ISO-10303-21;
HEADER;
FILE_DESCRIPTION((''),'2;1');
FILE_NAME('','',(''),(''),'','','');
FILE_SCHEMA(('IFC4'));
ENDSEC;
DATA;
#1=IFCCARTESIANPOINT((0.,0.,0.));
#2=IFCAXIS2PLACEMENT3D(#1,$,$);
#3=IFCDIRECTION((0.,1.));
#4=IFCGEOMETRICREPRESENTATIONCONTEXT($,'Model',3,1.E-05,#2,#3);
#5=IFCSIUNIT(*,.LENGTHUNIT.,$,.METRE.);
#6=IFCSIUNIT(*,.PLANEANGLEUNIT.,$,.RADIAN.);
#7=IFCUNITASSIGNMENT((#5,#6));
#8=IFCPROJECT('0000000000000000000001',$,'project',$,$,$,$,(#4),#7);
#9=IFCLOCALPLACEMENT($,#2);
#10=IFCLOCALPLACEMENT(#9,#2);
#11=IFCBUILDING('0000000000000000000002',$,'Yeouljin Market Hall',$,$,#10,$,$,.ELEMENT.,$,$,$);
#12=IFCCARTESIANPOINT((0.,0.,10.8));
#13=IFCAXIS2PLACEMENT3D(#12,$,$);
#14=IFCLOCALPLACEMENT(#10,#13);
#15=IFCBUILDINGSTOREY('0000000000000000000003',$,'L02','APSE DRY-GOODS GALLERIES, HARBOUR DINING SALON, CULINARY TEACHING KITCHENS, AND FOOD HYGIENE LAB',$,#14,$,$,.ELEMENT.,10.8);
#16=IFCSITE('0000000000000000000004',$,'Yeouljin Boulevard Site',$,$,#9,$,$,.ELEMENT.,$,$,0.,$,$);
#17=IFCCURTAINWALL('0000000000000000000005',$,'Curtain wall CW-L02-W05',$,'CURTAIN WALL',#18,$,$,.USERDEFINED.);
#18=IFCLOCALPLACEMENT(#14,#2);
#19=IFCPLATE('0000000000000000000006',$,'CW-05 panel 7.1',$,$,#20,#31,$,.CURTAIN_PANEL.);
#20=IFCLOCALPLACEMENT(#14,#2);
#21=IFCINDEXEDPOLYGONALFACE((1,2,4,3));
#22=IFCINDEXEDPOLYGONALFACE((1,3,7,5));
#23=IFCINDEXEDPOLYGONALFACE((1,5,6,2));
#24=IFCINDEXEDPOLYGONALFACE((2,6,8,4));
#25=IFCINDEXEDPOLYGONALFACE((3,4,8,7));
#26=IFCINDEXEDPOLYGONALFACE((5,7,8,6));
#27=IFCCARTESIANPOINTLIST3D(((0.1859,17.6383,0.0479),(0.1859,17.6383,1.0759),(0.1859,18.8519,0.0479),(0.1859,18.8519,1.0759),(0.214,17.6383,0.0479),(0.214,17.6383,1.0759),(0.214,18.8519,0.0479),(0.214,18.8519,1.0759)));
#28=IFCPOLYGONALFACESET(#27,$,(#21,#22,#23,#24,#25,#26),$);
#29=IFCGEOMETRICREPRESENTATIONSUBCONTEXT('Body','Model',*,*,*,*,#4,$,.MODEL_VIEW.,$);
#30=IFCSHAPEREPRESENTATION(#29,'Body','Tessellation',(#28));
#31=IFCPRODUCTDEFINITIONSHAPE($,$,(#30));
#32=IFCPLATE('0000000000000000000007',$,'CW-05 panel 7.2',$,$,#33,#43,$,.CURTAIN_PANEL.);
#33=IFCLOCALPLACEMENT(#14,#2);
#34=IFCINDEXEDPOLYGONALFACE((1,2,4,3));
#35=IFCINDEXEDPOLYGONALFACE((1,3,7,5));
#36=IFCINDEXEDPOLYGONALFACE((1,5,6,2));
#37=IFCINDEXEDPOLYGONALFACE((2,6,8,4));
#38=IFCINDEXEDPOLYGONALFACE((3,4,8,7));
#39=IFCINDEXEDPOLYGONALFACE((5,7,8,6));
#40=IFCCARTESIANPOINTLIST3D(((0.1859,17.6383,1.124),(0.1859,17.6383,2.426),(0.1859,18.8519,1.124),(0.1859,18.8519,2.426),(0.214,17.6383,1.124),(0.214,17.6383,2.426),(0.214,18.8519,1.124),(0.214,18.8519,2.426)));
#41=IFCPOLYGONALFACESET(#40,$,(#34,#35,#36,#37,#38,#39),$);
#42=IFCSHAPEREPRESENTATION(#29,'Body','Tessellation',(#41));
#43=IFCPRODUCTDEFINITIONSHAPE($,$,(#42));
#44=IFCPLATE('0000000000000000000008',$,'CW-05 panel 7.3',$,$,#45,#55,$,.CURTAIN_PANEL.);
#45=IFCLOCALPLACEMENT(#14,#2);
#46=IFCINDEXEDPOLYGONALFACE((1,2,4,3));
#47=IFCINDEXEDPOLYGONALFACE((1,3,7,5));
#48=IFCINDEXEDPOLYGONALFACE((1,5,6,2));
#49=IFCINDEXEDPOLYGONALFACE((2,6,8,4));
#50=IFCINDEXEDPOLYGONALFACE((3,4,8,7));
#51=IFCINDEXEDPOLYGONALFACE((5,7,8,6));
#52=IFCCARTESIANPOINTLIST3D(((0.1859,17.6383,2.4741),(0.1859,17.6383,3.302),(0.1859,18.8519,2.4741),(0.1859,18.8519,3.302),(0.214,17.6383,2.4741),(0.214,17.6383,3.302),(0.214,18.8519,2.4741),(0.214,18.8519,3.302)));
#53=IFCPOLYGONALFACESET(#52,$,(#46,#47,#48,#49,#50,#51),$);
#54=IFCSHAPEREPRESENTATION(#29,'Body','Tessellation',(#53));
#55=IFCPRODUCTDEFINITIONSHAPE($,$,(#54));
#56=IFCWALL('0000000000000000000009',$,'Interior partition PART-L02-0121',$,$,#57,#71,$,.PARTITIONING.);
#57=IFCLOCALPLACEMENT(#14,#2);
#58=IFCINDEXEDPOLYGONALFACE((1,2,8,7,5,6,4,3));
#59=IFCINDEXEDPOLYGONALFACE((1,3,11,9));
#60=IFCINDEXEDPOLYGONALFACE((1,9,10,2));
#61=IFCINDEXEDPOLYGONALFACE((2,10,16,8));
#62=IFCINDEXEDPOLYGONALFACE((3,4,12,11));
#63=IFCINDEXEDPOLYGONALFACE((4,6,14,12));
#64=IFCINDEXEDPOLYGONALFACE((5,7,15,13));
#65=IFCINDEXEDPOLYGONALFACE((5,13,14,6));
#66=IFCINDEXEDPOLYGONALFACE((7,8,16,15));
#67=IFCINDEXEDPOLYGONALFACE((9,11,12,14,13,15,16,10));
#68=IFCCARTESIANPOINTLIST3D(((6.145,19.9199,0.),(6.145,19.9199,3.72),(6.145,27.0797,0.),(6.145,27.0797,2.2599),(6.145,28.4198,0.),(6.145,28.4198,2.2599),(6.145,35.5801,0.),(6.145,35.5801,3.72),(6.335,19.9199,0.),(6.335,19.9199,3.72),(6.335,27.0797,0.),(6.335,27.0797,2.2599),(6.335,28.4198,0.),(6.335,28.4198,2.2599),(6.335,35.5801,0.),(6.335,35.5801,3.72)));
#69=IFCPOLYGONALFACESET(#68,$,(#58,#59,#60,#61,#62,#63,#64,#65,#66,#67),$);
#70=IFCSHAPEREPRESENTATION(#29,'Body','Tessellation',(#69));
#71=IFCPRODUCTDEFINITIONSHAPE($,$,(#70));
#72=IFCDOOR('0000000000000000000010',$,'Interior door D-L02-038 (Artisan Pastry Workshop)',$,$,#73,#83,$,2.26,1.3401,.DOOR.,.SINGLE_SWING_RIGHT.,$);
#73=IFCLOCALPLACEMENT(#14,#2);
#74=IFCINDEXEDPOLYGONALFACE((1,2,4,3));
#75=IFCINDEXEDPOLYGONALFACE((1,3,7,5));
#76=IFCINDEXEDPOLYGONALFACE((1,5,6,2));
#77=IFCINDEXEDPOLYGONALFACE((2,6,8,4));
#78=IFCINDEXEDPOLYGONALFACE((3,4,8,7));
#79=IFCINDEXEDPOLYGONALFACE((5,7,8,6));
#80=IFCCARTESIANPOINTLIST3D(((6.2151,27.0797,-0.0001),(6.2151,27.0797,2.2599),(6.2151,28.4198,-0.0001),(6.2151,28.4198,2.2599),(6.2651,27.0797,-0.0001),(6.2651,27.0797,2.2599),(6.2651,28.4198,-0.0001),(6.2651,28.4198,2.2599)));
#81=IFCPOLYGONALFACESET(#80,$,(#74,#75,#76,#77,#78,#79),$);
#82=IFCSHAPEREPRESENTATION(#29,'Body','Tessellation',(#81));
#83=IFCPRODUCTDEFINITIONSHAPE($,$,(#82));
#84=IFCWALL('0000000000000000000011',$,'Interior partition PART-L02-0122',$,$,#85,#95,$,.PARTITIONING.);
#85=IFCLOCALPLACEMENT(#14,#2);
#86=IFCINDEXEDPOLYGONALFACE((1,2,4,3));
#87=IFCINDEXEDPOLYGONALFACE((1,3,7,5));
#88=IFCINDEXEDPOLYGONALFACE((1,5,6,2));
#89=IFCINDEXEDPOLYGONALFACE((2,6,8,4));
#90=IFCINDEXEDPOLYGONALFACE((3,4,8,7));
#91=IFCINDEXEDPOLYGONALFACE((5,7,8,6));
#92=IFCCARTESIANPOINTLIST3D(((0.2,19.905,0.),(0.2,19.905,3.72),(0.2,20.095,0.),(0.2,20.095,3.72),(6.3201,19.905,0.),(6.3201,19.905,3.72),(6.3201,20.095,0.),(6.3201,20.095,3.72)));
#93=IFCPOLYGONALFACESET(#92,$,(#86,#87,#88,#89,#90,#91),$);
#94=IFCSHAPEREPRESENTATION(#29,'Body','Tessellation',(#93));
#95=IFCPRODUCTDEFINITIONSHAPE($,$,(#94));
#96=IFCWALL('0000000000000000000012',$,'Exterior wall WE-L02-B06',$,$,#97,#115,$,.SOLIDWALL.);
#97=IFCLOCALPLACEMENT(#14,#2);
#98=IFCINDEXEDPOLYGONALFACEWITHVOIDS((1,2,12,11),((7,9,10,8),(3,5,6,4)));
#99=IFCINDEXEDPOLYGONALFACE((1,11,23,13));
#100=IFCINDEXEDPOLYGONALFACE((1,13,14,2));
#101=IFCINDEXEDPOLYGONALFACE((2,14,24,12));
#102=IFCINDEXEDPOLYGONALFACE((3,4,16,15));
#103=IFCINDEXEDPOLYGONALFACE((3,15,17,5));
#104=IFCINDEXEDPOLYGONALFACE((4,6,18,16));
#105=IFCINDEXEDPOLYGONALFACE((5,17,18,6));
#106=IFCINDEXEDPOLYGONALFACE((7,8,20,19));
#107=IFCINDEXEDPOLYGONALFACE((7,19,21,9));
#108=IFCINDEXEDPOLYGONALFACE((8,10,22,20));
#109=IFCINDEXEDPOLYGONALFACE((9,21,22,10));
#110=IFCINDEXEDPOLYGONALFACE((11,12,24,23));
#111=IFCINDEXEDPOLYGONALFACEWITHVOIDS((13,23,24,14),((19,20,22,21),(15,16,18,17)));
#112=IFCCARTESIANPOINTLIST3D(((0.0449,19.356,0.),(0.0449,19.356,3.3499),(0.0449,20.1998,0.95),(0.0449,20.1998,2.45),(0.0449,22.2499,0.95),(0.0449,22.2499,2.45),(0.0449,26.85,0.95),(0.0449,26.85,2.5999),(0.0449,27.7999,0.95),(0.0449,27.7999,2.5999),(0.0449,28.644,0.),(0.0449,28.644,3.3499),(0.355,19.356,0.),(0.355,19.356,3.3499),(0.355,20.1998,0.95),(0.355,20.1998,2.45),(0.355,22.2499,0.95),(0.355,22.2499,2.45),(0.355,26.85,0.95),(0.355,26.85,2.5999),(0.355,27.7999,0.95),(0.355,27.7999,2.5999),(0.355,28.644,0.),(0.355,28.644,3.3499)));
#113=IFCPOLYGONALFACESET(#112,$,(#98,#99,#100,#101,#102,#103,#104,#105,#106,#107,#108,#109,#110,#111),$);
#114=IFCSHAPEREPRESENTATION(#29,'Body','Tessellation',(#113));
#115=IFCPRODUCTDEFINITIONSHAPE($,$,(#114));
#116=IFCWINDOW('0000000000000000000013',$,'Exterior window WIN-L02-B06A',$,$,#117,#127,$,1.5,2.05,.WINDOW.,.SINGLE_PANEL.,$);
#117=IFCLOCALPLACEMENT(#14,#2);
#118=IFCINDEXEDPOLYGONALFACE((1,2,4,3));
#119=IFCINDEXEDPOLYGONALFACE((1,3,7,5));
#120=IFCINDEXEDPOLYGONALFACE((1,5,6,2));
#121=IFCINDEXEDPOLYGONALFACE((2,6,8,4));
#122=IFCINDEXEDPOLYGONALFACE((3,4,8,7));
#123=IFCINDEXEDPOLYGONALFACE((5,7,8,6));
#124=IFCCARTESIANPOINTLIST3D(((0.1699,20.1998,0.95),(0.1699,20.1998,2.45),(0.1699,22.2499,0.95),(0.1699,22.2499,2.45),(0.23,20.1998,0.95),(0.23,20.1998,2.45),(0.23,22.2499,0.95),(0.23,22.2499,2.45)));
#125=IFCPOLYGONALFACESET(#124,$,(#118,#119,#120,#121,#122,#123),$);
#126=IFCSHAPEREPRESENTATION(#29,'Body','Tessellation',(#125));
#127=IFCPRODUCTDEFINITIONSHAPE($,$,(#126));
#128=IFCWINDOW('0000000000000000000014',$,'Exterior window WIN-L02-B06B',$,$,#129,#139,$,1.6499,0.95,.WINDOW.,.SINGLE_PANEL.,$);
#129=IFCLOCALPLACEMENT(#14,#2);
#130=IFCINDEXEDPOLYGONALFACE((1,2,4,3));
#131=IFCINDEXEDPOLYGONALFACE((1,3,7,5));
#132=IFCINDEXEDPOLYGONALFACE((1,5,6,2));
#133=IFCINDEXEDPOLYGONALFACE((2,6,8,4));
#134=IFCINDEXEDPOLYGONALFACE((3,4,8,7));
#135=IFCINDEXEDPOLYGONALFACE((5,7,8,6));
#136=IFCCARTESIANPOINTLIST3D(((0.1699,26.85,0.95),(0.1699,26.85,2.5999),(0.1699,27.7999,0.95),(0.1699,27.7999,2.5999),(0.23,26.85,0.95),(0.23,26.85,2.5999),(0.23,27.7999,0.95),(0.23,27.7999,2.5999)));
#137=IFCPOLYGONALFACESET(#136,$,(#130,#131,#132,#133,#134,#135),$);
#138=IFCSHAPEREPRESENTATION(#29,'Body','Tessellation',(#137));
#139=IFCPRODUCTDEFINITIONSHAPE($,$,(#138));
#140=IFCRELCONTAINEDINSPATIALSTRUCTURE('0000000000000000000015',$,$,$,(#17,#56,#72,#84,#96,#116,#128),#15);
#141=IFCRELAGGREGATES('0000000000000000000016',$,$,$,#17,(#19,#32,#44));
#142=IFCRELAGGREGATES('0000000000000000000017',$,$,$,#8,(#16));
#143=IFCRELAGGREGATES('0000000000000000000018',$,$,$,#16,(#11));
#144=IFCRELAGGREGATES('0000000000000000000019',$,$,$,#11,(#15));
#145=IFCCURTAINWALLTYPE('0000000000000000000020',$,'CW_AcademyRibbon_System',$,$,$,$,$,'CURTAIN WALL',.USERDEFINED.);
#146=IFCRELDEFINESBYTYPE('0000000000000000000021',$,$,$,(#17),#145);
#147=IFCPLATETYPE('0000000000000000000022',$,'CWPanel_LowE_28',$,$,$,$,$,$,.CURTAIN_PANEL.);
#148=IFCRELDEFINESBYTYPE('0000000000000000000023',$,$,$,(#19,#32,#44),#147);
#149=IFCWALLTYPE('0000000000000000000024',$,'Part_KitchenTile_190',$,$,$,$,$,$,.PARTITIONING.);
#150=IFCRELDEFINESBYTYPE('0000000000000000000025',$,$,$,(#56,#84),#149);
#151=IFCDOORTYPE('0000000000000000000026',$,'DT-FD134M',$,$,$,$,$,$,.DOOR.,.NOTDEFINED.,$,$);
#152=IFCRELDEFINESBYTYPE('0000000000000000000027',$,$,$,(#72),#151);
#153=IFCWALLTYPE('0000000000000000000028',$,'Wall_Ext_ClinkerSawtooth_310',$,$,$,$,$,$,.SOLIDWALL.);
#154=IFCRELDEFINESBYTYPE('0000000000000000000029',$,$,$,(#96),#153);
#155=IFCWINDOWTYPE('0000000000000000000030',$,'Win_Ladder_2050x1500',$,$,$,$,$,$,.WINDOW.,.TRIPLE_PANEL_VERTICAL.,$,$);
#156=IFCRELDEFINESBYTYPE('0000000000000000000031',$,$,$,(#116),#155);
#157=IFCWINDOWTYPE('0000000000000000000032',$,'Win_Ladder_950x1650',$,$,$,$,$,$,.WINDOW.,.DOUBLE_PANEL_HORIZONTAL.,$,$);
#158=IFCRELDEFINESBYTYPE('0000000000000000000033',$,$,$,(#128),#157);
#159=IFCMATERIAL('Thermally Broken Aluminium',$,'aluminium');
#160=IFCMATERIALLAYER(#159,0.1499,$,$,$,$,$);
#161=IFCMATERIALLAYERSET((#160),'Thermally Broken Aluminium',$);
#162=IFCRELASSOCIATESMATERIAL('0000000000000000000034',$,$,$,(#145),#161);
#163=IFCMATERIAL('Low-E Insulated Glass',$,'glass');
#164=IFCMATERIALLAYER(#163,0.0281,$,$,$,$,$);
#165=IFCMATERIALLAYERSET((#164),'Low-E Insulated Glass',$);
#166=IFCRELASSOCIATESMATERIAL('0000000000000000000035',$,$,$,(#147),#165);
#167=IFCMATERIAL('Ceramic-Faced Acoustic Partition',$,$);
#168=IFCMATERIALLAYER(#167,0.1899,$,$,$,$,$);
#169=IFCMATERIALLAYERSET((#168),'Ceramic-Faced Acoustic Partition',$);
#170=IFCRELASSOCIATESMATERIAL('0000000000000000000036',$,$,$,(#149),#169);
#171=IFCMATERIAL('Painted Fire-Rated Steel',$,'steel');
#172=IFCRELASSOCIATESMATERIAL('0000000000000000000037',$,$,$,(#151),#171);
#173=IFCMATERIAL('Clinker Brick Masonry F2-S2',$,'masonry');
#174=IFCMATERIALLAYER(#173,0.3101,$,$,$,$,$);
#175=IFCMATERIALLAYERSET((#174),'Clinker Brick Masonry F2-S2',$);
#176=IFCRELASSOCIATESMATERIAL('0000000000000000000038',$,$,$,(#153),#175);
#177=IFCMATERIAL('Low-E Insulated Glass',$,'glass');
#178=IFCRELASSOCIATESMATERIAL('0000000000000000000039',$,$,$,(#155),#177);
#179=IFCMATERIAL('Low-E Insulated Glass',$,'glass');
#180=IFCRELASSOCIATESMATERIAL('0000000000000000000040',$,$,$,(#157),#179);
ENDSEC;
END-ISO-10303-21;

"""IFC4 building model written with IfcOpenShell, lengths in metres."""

from ifc_helpers import new_model, si_unit, direction, frame, frame_2d, origin, origin_2d, place, context, subcontext, project, spatial, rectangle, extrude, material, layer, layer_set, type_object, element, fill, aggregate, save


model = new_model("IFC4")

# Units and contexts
model_context = context("Model", 3, precision=1e-05, world=origin(), true_north=direction((0.0, 1.0)))
body_context = subcontext(model_context, "Body", "Model", "MODEL_VIEW")
ifc_project = project(units=[si_unit("LENGTHUNIT", "METRE"), si_unit("PLANEANGLEUNIT", "RADIAN")], contexts=[model_context])

# Site, building, storey
site_placement = place(None, origin())
site = spatial("IfcSite", under=ifc_project, at=site_placement, Name="Yeouljin Boulevard Site", CompositionType="ELEMENT", RefElevation=0.0)
building_placement = place(site_placement, origin())
building = spatial("IfcBuilding", under=site, at=building_placement, Name="Yeouljin Market Hall", CompositionType="ELEMENT")
storey_placement = place(building_placement, frame((0.0, 0.0, 10.8)))
storey = spatial("IfcBuildingStorey", under=building, at=storey_placement, Name="L02", Description="APSE DRY-GOODS GALLERIES, HARBOUR DINING SALON, CULINARY TEACHING KITCHENS, AND FOOD HYGIENE LAB", CompositionType="ELEMENT", Elevation=10.8)

# Curtain wall
ifc_material_1 = material(Name="Thermally Broken Aluminium", Category="aluminium")
ifc_layer_1 = layer(ifc_material_1, 0.1499)
ifc_layer_set_1 = layer_set([ifc_layer_1], Name="Thermally Broken Aluminium")
curtain_wall_type = type_object("IfcCurtainWallType", Name="CW_AcademyRibbon_System", ElementType="CURTAIN WALL", PredefinedType="USERDEFINED", material=ifc_layer_set_1)
curtain_wall_placement = place(storey_placement, origin())
curtain_wall = element("IfcCurtainWall", 1, at=curtain_wall_placement, inside=storey, type_object=curtain_wall_type, Name="Curtain wall CW-L02-W05", ObjectType="CURTAIN WALL", PredefinedType="USERDEFINED")

# Plates
ifc_material_2 = material(Name="Low-E Insulated Glass", Category="glass")
ifc_layer_2 = layer(ifc_material_2, 0.0281)
ifc_layer_set_2 = layer_set([ifc_layer_2], Name="Low-E Insulated Glass")
plate_type = type_object("IfcPlateType", Name="CWPanel_LowE_28", PredefinedType="CURTAIN_PANEL", material=ifc_layer_set_2)
plate_1_placement = place(storey_placement, frame((0.2, 18.2451, 0.0479), z_axis=(0.0, 0.0, 1.0), x_axis=(0.0, 1.0, 0.0)))
plate_1 = element("IfcPlate", 2, at=plate_1_placement, type_object=plate_type, Name="CW-05 panel 7.1", PredefinedType="CURTAIN_PANEL", context=body_context, shape_type="SweptSolid", body=[
    extrude(rectangle(XDim=1.2136, YDim=0.0281, at=origin_2d()), origin(), (0.0, 0.0, 1.0), 1.0281),
])
plate_2_placement = place(storey_placement, frame((0.2, 18.2451, 1.124), z_axis=(0.0, 0.0, 1.0), x_axis=(0.0, 1.0, 0.0)))
plate_2 = element("IfcPlate", 3, at=plate_2_placement, type_object=plate_type, Name="CW-05 panel 7.2", PredefinedType="CURTAIN_PANEL", context=body_context, shape_type="SweptSolid", body=[
    extrude(rectangle(XDim=1.2136, YDim=0.0281, at=origin_2d()), origin(), (0.0, 0.0, 1.0), 1.302),
])
plate_3_placement = place(storey_placement, frame((0.2, 18.2451, 2.4741), z_axis=(0.0, 0.0, 1.0), x_axis=(0.0, 1.0, 0.0)))
plate_3 = element("IfcPlate", 4, at=plate_3_placement, type_object=plate_type, Name="CW-05 panel 7.3", PredefinedType="CURTAIN_PANEL", context=body_context, shape_type="SweptSolid", body=[
    extrude(rectangle(XDim=1.2136, YDim=0.0281, at=origin_2d()), origin(), (0.0, 0.0, 1.0), 0.8279),
])
aggregate(curtain_wall, [plate_1, plate_2, plate_3])

# Wall, opening, door
ifc_material_3 = material(Name="Ceramic-Faced Acoustic Partition")
ifc_layer_3 = layer(ifc_material_3, 0.1899)
ifc_layer_set_3 = layer_set([ifc_layer_3], Name="Ceramic-Faced Acoustic Partition")
wall_type_1 = type_object("IfcWallType", Name="Part_KitchenTile_190", PredefinedType="PARTITIONING", material=ifc_layer_set_3)
wall_1_placement = place(storey_placement, frame((6.24, 19.9199, 0.0), z_axis=(0.0, 0.0, 1.0), x_axis=(0.0, 1.0, 0.0)))
wall_1 = element("IfcWall", 5, at=wall_1_placement, inside=storey, type_object=wall_type_1, Name="Interior partition PART-L02-0121", PredefinedType="PARTITIONING", context=body_context, shape_type="SweptSolid", body=[
    extrude(rectangle(XDim=15.6602, YDim=0.1899, at=frame_2d((7.8301, 0.0))), origin(), (0.0, 0.0, 1.0), 3.72),
])
opening_1_placement = place(wall_1_placement, frame((7.1599, 0.0, 0.0)))
opening_1 = element("IfcOpeningElement", 6, at=opening_1_placement, cuts=wall_1, PredefinedType="OPENING", context=body_context, shape_type="SweptSolid", body=[
    extrude(rectangle(XDim=1.3401, YDim=2.26, at=frame_2d((0.6699, 1.1299))), frame((0.0, 0.105, 0.0), z_axis=(0.0, -1.0, 0.0), x_axis=(1.0, 0.0, 0.0)), (0.0, 0.0, 1.0), 0.21),
])
ifc_material_4 = material(Name="Painted Fire-Rated Steel", Category="steel")
door_type = type_object("IfcDoorType", Name="DT-FD134M", OperationType="NOTDEFINED", PredefinedType="DOOR", material=ifc_material_4)
door_placement = place(opening_1_placement, origin())
door = element("IfcDoor", 7, at=door_placement, inside=storey, type_object=door_type, Name="Interior door D-L02-038 (Artisan Pastry Workshop)", OperationType="SINGLE_SWING_RIGHT", OverallHeight=2.26, OverallWidth=1.3401, PredefinedType="DOOR", context=body_context, shape_type="SweptSolid", body=[
    extrude(rectangle(XDim=1.3401, YDim=2.26, at=frame_2d((0.6699, 1.1299))), frame((0.0, 0.0249, 0.0), z_axis=(0.0, -1.0, 0.0), x_axis=(1.0, 0.0, 0.0)), (0.0, 0.0, 1.0), 0.05),
])
fill(opening_1, door)

# Wall
wall_2_placement = place(storey_placement, frame((0.2, 20.0, 0.0), z_axis=(0.0, 0.0, 1.0), x_axis=(1.0, 0.0, 0.0)))
element("IfcWall", 8, at=wall_2_placement, inside=storey, type_object=wall_type_1, Name="Interior partition PART-L02-0122", PredefinedType="PARTITIONING", context=body_context, shape_type="SweptSolid", body=[
    extrude(rectangle(XDim=6.1201, YDim=0.1899, at=frame_2d((3.0601, 0.0))), origin(), (0.0, 0.0, 1.0), 3.72),
])

# Wall, openings, windows
ifc_material_5 = material(Name="Clinker Brick Masonry F2-S2", Category="masonry")
ifc_layer_4 = layer(ifc_material_5, 0.3101)
ifc_layer_set_4 = layer_set([ifc_layer_4], Name="Clinker Brick Masonry F2-S2")
wall_type_2 = type_object("IfcWallType", Name="Wall_Ext_ClinkerSawtooth_310", PredefinedType="SOLIDWALL", material=ifc_layer_set_4)
wall_3_placement = place(storey_placement, frame((0.2, 19.356, 0.0), z_axis=(0.0, 0.0, 1.0), x_axis=(0.0, 1.0, 0.0)))
wall_3 = element("IfcWall", 9, at=wall_3_placement, inside=storey, type_object=wall_type_2, Name="Exterior wall WE-L02-B06", PredefinedType="SOLIDWALL", context=body_context, shape_type="SweptSolid", body=[
    extrude(rectangle(XDim=9.2881, YDim=0.3101, at=frame_2d((4.644, 0.0))), origin(), (0.0, 0.0, 1.0), 3.3499),
])
opening_2_placement = place(wall_3_placement, frame((0.844, 0.0, 0.95)))
opening_2 = element("IfcOpeningElement", 10, at=opening_2_placement, cuts=wall_3, PredefinedType="OPENING", context=body_context, shape_type="SweptSolid", body=[
    extrude(rectangle(XDim=2.05, YDim=1.5, at=frame_2d((1.0249, 0.75))), frame((0.0, 0.165, 0.0), z_axis=(0.0, -1.0, 0.0), x_axis=(1.0, 0.0, 0.0)), (0.0, 0.0, 1.0), 0.3301),
])
opening_3_placement = place(wall_3_placement, frame((7.4939, 0.0, 0.95)))
opening_3 = element("IfcOpeningElement", 11, at=opening_3_placement, cuts=wall_3, PredefinedType="OPENING", context=body_context, shape_type="SweptSolid", body=[
    extrude(rectangle(XDim=0.95, YDim=1.6499, at=frame_2d((0.4751, 0.825))), frame((0.0, 0.165, 0.0), z_axis=(0.0, -1.0, 0.0), x_axis=(1.0, 0.0, 0.0)), (0.0, 0.0, 1.0), 0.3301),
])
ifc_material_6 = material(Name="Low-E Insulated Glass", Category="glass")
window_type_1 = type_object("IfcWindowType", Name="Win_Ladder_2050x1500", PartitioningType="TRIPLE_PANEL_VERTICAL", PredefinedType="WINDOW", material=ifc_material_6)
window_1_placement = place(opening_2_placement, origin())
window_1 = element("IfcWindow", 12, at=window_1_placement, inside=storey, type_object=window_type_1, Name="Exterior window WIN-L02-B06A", OverallHeight=1.5, OverallWidth=2.05, PartitioningType="SINGLE_PANEL", PredefinedType="WINDOW", context=body_context, shape_type="SweptSolid", body=[
    extrude(rectangle(XDim=2.05, YDim=1.5, at=frame_2d((1.0249, 0.75))), frame((0.0, 0.03, 0.0), z_axis=(0.0, -1.0, 0.0), x_axis=(1.0, 0.0, 0.0)), (0.0, 0.0, 1.0), 0.0601),
])
fill(opening_2, window_1)
ifc_material_7 = material(Name="Low-E Insulated Glass", Category="glass")
window_type_2 = type_object("IfcWindowType", Name="Win_Ladder_950x1650", PartitioningType="DOUBLE_PANEL_HORIZONTAL", PredefinedType="WINDOW", material=ifc_material_7)
window_2_placement = place(opening_3_placement, origin())
window_2 = element("IfcWindow", 13, at=window_2_placement, inside=storey, type_object=window_type_2, Name="Exterior window WIN-L02-B06B", OverallHeight=1.6499, OverallWidth=0.95, PartitioningType="SINGLE_PANEL", PredefinedType="WINDOW", context=body_context, shape_type="SweptSolid", body=[
    extrude(rectangle(XDim=0.95, YDim=1.6499, at=frame_2d((0.4751, 0.825))), frame((0.0, 0.03, 0.0), z_axis=(0.0, -1.0, 0.0), x_axis=(1.0, 0.0, 0.0)), (0.0, 0.0, 1.0), 0.0601),
])
fill(opening_3, window_2)

save(model, "model.ifc")
